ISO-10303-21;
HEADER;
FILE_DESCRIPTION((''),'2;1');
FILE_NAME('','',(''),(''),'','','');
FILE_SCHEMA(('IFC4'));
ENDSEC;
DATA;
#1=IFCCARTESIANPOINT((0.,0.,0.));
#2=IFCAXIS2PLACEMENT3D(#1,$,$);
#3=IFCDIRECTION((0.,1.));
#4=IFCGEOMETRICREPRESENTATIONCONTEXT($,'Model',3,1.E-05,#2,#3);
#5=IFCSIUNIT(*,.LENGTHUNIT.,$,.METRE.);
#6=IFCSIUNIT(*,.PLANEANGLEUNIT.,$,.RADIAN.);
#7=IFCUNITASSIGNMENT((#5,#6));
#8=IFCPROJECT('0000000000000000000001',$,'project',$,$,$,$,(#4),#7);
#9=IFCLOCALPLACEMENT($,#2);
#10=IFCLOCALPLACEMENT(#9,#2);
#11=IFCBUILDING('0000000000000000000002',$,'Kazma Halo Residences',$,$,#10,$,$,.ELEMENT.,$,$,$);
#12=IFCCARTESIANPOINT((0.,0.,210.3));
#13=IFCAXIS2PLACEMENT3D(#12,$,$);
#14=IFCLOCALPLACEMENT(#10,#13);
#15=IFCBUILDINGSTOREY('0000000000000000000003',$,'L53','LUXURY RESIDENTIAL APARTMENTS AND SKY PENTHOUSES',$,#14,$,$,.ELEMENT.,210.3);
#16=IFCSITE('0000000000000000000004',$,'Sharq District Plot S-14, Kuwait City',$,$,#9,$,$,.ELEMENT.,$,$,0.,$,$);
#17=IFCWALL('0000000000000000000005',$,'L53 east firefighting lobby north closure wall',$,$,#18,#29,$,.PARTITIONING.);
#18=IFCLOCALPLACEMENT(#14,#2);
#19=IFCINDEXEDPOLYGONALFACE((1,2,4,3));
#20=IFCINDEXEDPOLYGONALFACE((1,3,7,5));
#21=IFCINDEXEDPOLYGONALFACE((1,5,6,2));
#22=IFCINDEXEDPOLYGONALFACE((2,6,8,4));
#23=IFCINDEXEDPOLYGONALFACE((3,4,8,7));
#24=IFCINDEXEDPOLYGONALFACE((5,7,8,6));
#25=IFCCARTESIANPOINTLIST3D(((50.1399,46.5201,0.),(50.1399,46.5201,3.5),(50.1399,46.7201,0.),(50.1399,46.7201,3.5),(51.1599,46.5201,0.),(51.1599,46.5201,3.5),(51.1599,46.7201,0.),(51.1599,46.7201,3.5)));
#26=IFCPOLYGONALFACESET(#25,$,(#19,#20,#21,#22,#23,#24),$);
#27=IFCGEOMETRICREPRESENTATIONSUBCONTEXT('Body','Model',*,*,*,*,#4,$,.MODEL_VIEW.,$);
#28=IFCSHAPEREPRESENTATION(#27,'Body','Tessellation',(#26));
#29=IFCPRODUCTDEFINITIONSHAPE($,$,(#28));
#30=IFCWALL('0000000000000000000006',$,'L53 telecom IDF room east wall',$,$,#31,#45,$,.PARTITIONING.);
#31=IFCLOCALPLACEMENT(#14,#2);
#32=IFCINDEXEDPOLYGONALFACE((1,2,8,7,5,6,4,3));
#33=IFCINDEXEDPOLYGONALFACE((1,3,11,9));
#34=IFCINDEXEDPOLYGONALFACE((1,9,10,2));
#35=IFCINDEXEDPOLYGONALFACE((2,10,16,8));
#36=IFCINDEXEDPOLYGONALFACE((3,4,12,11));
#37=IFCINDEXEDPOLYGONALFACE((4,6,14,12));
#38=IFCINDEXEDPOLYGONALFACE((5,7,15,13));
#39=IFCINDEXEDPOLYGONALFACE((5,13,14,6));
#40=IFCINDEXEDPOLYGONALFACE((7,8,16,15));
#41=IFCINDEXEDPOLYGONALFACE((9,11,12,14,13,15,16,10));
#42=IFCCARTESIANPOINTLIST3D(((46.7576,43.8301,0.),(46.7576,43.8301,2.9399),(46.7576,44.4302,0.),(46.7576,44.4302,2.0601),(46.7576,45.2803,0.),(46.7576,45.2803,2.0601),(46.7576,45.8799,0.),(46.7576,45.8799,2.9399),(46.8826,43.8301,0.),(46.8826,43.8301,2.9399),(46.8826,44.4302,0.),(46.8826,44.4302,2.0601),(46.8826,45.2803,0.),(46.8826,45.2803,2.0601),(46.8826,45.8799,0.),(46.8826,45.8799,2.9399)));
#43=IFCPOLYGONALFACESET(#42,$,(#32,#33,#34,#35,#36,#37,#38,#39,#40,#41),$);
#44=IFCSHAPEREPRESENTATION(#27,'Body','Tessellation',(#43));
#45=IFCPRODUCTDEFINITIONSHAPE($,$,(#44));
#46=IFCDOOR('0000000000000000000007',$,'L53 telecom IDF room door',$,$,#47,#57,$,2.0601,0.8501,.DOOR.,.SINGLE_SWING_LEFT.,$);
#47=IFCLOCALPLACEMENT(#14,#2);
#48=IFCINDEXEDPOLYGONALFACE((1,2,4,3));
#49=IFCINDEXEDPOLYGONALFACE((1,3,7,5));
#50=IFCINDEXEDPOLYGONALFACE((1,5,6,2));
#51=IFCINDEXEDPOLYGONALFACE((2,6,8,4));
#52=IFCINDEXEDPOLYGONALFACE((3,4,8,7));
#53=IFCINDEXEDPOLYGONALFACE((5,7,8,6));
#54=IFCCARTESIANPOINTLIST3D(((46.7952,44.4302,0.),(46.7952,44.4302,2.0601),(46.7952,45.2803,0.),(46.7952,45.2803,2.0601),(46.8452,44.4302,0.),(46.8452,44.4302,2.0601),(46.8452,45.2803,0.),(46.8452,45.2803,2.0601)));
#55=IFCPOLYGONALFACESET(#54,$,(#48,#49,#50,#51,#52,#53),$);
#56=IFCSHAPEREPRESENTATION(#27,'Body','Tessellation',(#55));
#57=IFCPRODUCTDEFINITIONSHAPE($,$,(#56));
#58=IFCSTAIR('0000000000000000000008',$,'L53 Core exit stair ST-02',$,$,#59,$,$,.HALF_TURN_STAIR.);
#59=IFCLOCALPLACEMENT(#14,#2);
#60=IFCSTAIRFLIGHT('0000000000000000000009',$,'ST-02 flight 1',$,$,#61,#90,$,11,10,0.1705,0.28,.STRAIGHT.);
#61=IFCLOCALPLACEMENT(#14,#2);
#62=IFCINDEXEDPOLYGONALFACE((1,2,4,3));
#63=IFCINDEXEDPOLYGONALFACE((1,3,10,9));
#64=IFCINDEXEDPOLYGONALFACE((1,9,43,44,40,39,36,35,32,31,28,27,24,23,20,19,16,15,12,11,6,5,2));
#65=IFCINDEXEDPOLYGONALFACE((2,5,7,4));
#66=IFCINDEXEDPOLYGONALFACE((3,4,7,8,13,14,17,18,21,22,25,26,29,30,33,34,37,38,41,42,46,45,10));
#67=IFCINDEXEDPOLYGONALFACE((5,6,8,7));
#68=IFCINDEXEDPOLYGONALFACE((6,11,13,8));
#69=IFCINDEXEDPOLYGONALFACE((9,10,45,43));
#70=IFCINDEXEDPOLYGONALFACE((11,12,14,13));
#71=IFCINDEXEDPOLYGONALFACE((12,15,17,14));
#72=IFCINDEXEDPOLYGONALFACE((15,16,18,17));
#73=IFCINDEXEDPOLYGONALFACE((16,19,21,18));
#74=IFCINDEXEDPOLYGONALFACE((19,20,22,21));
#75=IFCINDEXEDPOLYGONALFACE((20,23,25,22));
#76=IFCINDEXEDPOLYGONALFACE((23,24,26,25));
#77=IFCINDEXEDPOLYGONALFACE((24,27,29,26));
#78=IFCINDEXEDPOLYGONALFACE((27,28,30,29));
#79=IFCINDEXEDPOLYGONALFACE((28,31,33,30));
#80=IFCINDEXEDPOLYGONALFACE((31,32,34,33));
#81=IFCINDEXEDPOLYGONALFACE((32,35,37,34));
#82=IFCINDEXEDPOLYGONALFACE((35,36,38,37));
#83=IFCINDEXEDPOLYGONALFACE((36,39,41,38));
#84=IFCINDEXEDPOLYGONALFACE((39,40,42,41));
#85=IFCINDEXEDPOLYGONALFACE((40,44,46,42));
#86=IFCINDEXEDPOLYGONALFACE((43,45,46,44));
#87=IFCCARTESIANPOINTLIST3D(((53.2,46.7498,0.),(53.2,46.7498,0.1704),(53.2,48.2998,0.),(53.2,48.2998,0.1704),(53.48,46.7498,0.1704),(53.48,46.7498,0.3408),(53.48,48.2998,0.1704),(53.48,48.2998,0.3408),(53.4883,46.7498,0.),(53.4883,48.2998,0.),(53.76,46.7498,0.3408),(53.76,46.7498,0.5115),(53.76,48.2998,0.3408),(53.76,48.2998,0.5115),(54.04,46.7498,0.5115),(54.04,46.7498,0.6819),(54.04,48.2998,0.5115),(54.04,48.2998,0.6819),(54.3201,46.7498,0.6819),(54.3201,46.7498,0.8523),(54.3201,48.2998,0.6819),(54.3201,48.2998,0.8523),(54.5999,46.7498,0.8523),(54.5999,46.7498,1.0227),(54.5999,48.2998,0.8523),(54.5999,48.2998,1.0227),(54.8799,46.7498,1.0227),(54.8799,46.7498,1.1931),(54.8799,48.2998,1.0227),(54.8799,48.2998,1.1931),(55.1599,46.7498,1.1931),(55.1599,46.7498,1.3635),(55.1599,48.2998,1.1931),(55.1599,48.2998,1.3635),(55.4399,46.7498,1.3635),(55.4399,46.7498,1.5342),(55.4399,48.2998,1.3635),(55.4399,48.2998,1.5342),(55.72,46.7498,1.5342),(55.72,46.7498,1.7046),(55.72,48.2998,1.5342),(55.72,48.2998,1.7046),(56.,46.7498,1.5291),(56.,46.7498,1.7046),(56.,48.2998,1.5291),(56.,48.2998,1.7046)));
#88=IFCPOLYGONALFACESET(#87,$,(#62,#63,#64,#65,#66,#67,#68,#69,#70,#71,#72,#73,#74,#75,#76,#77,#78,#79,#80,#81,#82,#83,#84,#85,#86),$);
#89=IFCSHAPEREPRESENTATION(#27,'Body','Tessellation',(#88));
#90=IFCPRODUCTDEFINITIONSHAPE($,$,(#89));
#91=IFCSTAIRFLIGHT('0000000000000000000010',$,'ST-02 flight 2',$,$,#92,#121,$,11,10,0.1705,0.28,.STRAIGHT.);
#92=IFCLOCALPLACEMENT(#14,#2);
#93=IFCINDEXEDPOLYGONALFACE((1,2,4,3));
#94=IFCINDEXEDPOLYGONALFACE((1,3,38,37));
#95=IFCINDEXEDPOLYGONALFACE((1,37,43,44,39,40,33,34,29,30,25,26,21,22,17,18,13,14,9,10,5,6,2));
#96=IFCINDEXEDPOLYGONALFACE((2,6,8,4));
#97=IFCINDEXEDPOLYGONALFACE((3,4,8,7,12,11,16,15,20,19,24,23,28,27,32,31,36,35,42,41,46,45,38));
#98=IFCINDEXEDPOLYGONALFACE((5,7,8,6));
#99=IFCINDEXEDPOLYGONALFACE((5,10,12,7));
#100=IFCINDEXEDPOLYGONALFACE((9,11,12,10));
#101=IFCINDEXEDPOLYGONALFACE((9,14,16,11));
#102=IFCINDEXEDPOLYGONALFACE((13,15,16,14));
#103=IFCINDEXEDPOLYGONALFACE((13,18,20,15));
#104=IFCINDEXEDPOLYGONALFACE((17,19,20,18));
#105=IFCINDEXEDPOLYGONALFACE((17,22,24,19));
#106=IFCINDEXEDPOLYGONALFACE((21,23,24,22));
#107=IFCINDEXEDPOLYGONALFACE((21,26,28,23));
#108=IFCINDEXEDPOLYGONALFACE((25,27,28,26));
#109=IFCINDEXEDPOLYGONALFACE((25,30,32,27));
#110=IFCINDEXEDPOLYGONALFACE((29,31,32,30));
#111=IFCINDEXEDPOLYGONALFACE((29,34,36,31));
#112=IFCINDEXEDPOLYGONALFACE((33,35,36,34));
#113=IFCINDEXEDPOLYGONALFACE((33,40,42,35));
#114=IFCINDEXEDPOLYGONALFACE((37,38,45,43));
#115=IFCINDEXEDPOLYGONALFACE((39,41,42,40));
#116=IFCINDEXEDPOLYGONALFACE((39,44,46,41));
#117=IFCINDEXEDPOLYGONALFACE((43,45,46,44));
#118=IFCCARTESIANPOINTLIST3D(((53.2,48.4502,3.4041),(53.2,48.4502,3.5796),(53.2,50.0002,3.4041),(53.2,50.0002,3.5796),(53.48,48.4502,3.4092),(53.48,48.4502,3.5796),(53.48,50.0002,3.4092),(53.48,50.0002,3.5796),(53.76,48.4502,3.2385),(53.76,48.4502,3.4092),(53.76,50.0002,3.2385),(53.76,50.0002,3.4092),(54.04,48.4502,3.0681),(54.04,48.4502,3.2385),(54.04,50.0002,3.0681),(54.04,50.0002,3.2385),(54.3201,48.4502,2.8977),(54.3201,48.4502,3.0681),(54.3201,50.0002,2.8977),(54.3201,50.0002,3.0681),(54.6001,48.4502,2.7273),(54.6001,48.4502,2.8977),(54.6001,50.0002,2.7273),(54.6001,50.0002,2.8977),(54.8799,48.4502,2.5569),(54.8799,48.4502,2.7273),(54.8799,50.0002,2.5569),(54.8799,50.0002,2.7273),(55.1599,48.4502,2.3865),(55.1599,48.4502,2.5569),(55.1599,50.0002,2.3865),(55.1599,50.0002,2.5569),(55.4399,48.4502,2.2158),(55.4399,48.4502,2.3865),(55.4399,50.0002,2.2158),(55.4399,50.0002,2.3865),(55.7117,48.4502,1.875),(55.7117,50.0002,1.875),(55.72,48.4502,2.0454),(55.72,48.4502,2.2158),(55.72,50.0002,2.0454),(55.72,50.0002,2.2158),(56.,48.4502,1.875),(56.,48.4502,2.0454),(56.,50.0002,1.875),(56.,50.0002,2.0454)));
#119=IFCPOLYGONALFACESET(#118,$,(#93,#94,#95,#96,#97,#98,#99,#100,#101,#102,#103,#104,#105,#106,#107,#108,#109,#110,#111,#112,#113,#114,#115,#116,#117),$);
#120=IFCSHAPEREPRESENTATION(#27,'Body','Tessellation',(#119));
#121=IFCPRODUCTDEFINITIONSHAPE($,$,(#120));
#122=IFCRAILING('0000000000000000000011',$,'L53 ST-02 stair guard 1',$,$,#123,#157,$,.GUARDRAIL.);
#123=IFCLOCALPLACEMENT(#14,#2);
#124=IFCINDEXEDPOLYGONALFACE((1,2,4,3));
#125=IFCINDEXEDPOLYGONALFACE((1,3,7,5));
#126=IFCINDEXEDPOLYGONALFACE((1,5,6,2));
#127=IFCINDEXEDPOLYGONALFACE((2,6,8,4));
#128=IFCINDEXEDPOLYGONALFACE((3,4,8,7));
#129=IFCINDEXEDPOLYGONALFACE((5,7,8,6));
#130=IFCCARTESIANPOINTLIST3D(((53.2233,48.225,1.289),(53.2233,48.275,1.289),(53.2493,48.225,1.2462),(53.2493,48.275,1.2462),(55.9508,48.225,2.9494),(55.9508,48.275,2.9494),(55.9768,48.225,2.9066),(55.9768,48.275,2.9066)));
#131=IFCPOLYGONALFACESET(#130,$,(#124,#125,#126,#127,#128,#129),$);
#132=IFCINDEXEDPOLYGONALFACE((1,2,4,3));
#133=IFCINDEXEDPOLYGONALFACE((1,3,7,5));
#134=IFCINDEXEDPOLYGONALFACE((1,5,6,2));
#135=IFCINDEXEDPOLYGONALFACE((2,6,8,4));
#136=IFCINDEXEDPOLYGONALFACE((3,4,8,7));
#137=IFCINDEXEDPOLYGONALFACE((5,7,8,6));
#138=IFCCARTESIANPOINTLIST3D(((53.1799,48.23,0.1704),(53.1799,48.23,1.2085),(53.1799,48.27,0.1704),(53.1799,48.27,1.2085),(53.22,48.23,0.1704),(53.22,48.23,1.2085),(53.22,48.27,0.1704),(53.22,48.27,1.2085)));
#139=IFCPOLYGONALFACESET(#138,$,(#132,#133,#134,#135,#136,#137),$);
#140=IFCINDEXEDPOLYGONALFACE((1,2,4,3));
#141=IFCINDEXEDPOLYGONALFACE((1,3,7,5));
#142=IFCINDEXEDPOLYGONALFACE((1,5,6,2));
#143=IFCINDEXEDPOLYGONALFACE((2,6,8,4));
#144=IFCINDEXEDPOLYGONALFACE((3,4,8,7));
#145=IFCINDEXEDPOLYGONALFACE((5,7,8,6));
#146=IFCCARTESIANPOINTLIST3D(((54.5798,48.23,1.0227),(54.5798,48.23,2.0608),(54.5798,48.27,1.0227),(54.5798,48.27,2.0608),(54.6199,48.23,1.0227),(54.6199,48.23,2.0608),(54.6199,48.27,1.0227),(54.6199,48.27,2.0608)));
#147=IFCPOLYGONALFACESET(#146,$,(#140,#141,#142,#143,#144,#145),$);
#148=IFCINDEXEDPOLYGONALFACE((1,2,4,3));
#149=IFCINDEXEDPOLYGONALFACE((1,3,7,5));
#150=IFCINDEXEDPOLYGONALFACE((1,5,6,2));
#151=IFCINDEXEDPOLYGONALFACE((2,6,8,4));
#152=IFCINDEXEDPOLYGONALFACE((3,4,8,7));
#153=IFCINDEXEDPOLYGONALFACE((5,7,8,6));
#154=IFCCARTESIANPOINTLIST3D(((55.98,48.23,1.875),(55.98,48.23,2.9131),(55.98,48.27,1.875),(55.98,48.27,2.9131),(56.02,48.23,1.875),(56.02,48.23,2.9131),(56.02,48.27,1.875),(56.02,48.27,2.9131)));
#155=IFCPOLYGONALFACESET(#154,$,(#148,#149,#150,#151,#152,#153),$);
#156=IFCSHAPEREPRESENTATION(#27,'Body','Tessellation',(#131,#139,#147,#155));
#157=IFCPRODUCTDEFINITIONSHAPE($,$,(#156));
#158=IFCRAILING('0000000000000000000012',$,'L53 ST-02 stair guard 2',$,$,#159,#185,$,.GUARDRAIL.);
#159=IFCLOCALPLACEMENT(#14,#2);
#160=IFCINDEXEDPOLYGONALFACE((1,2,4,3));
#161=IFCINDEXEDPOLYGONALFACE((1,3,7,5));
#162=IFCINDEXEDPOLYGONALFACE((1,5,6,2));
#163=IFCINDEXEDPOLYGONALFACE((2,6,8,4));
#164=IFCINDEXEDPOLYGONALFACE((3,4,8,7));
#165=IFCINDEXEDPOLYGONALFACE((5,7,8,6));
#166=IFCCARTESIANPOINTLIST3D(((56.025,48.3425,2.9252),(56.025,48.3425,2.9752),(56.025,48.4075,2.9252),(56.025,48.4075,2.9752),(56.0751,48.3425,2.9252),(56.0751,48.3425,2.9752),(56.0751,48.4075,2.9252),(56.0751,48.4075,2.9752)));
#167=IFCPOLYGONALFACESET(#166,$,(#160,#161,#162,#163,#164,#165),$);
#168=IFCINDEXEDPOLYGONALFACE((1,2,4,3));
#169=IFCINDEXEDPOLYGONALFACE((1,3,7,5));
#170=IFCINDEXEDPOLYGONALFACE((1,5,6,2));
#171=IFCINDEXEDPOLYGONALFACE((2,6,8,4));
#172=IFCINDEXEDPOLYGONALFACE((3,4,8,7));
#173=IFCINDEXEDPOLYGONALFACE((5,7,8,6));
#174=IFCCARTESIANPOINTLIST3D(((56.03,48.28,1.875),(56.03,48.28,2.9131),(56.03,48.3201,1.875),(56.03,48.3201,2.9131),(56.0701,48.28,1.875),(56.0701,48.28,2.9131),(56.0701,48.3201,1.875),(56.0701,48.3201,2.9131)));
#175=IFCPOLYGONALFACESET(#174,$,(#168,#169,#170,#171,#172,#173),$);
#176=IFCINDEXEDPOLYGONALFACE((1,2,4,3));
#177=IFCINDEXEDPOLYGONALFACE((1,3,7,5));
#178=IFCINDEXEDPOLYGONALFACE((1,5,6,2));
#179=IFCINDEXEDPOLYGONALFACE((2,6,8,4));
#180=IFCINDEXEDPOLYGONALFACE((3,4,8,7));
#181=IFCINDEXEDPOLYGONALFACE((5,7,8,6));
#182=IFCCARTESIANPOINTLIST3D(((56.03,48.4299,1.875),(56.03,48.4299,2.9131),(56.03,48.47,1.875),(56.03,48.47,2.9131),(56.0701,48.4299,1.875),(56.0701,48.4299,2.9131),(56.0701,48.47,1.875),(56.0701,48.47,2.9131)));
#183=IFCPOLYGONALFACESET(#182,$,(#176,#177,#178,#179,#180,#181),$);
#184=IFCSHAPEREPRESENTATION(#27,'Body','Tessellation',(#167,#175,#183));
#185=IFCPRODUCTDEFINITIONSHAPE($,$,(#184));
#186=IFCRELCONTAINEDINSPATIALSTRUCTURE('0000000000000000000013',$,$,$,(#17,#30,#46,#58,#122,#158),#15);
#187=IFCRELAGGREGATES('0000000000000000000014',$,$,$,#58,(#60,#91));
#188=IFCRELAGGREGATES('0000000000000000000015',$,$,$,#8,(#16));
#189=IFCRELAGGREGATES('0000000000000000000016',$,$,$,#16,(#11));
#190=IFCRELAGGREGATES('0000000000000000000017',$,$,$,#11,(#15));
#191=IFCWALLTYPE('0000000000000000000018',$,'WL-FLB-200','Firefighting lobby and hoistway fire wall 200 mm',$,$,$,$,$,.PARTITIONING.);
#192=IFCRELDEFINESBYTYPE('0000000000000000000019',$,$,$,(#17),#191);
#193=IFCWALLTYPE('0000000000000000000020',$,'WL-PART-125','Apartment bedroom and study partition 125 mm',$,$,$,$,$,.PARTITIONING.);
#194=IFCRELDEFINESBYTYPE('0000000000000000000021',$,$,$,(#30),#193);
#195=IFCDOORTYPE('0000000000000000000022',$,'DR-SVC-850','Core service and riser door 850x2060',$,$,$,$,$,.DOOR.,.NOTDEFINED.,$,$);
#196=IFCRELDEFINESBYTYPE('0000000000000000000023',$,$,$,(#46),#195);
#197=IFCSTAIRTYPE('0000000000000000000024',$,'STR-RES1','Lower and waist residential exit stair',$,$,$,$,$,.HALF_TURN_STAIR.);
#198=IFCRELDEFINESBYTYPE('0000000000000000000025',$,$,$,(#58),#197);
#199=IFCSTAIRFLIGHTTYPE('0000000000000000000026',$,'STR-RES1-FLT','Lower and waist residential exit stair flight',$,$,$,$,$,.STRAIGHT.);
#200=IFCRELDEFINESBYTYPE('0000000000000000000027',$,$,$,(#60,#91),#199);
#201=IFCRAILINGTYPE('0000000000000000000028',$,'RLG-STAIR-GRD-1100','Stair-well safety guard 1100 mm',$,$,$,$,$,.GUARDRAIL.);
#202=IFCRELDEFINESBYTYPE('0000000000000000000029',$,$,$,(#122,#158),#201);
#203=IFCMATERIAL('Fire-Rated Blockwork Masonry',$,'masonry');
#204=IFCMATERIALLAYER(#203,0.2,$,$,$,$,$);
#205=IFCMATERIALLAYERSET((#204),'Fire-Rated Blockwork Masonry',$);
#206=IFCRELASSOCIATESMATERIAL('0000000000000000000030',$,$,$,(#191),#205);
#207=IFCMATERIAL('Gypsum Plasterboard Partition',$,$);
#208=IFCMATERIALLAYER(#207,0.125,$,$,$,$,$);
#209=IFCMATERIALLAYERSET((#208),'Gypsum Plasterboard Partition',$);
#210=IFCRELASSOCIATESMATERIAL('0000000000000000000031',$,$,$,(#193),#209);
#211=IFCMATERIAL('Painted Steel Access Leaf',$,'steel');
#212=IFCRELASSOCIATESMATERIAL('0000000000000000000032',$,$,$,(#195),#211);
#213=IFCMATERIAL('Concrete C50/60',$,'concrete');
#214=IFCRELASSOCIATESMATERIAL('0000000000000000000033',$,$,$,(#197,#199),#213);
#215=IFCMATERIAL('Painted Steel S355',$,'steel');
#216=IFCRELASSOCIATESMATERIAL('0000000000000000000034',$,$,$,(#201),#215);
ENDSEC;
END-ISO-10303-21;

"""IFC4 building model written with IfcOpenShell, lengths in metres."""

from ifc_helpers import new_model, si_unit, direction, frame, frame_2d, origin, origin_2d, place, context, subcontext, project, spatial, polyline, rectangle, outline, extrude, material, layer, layer_set, type_object, element, fill, aggregate, save


model = new_model("IFC4")

# Units and contexts
model_context = context("Model", 3, precision=1e-05, world=origin(), true_north=direction((0.0, 1.0)))
body_context = subcontext(model_context, "Body", "Model", "MODEL_VIEW")
ifc_project = project(units=[si_unit("LENGTHUNIT", "METRE"), si_unit("PLANEANGLEUNIT", "RADIAN")], contexts=[model_context])

# Site, building, storey
site_placement = place(None, origin())
site = spatial("IfcSite", under=ifc_project, at=site_placement, Name="Sharq District Plot S-14, Kuwait City", CompositionType="ELEMENT", RefElevation=0.0)
building_placement = place(site_placement, origin())
building = spatial("IfcBuilding", under=site, at=building_placement, Name="Kazma Halo Residences", CompositionType="ELEMENT")
storey_placement = place(building_placement, frame((0.0, 0.0, 210.3)))
storey = spatial("IfcBuildingStorey", under=building, at=storey_placement, Name="L53", Description="LUXURY RESIDENTIAL APARTMENTS AND SKY PENTHOUSES", CompositionType="ELEMENT", Elevation=210.3)

# Shared definitions
ifc_material_1 = material(Name="Fire-Rated Blockwork Masonry", Category="masonry")
ifc_layer_1 = layer(ifc_material_1, 0.2)
ifc_layer_set_1 = layer_set([ifc_layer_1], Name="Fire-Rated Blockwork Masonry")
wall_type_1 = type_object("IfcWallType", Name="WL-FLB-200", Description="Firefighting lobby and hoistway fire wall 200 mm", PredefinedType="PARTITIONING", material=ifc_layer_set_1)

# Wall
wall_1_placement = place(storey_placement, frame((50.1399, 46.6201, 0.0), z_axis=(0.0, 0.0, 1.0), x_axis=(1.0, 0.0, 0.0)))
element("IfcWall", 1, at=wall_1_placement, inside=storey, type_object=wall_type_1, Name="L53 east firefighting lobby north closure wall", PredefinedType="PARTITIONING", context=body_context, shape_type="SweptSolid", body=[
    extrude(rectangle(XDim=1.02, YDim=0.2, at=frame_2d((0.51, 0.0))), origin(), (0.0, 0.0, 1.0), 3.5),
])

# Wall, opening, door
ifc_material_2 = material(Name="Gypsum Plasterboard Partition")
ifc_layer_2 = layer(ifc_material_2, 0.125)
ifc_layer_set_2 = layer_set([ifc_layer_2], Name="Gypsum Plasterboard Partition")
wall_type_2 = type_object("IfcWallType", Name="WL-PART-125", Description="Apartment bedroom and study partition 125 mm", PredefinedType="PARTITIONING", material=ifc_layer_set_2)
wall_2_placement = place(storey_placement, frame((46.8201, 43.8301, 0.0), z_axis=(0.0, 0.0, 1.0), x_axis=(0.0, 1.0, 0.0)))
wall_2 = element("IfcWall", 2, at=wall_2_placement, inside=storey, type_object=wall_type_2, Name="L53 telecom IDF room east wall", PredefinedType="PARTITIONING", context=body_context, shape_type="SweptSolid", body=[
    extrude(rectangle(XDim=2.0498, YDim=0.125, at=frame_2d((1.0249, 0.0))), origin(), (0.0, 0.0, 1.0), 2.9399),
])
opening_1_placement = place(wall_2_placement, frame((0.6001, 0.0, 0.0)))
opening_1 = element("IfcOpeningElement", 3, at=opening_1_placement, cuts=wall_2, PredefinedType="OPENING", context=body_context, shape_type="SweptSolid", body=[
    extrude(rectangle(XDim=0.8501, YDim=2.0601, at=frame_2d((0.425, 1.03))), frame((0.0, 0.0725, 0.0), z_axis=(0.0, -1.0, 0.0), x_axis=(1.0, 0.0, 0.0)), (0.0, 0.0, 1.0), 0.145),
])
ifc_material_3 = material(Name="Painted Steel Access Leaf", Category="steel")
door_type_1 = type_object("IfcDoorType", Name="DR-SVC-850", Description="Core service and riser door 850x2060", OperationType="NOTDEFINED", PredefinedType="DOOR", material=ifc_material_3)
door_1_placement = place(opening_1_placement, origin())
door_1 = element("IfcDoor", 4, at=door_1_placement, inside=storey, type_object=door_type_1, Name="L53 telecom IDF room door", OperationType="SINGLE_SWING_LEFT", OverallHeight=2.0601, OverallWidth=0.8501, PredefinedType="DOOR", context=body_context, shape_type="SweptSolid", body=[
    extrude(rectangle(XDim=0.8501, YDim=2.0601, at=frame_2d((0.425, 1.03))), frame((0.0, 0.0249, 0.0), z_axis=(0.0, -1.0, 0.0), x_axis=(1.0, 0.0, 0.0)), (0.0, 0.0, 1.0), 0.05),
])
fill(opening_1, door_1)
ifc_material_4 = material(Name="Concrete C50/60", Category="concrete")

# Stair, stair flights
stair_type = type_object("IfcStairType", Name="STR-RES1", Description="Lower and waist residential exit stair", PredefinedType="HALF_TURN_STAIR", material=ifc_material_4)
stair_placement = place(storey_placement, origin())
stair = element("IfcStair", 5, at=stair_placement, inside=storey, type_object=stair_type, Name="L53 Core exit stair ST-02", PredefinedType="HALF_TURN_STAIR")
stair_flight_type = type_object("IfcStairFlightType", Name="STR-RES1-FLT", Description="Lower and waist residential exit stair flight", PredefinedType="STRAIGHT", material=ifc_material_4)
stair_flight_1_placement = place(storey_placement, frame((53.2, 47.5249, 0.0), z_axis=(0.0, 0.0, 1.0), x_axis=(1.0, 0.0, 0.0)))
stair_flight_1 = element("IfcStairFlight", 6, at=stair_flight_1_placement, type_object=stair_flight_type, Name="ST-02 flight 1", NumberOfRisers=11, NumberOfTreads=10, PredefinedType="STRAIGHT", RiserHeight=0.1705, TreadLength=0.28, context=body_context, shape_type="SweptSolid", body=[
    extrude(outline(polyline([(0.0, 0.0), (0.0, 0.1704), (0.28, 0.1704), (0.28, 0.3408), (0.5601, 0.3408), (0.5601, 0.5115), (0.8401, 0.5115), (0.8401, 0.6819), (1.1201, 0.6819), (1.1201, 0.8523), (1.3999, 0.8523), (1.3999, 1.0227), (1.6799, 1.0227), (1.6799, 1.1931), (1.96, 1.1931), (1.96, 1.3635), (2.24, 1.3635), (2.24, 1.5342), (2.52, 1.5342), (2.52, 1.7046), (2.8, 1.7046), (2.8, 1.875), (2.8, 1.5291), (0.2883, 0.0), (0.0, 0.0)])), frame((0.0, 0.7749, 0.0), z_axis=(0.0, -1.0, 0.0), x_axis=(1.0, 0.0, 0.0)), (0.0, 0.0, 1.0), 1.55),
])
stair_flight_2_placement = place(storey_placement, frame((56.0, 49.2251, 1.875), z_axis=(0.0, 0.0, 1.0), x_axis=(-1.0, 0.0, 0.0)))
stair_flight_2 = element("IfcStairFlight", 7, at=stair_flight_2_placement, type_object=stair_flight_type, Name="ST-02 flight 2", NumberOfRisers=11, NumberOfTreads=10, PredefinedType="STRAIGHT", RiserHeight=0.1705, TreadLength=0.28, context=body_context, shape_type="SweptSolid", body=[
    extrude(outline(polyline([(0.0, 0.0), (0.0, 0.1704), (0.28, 0.1704), (0.28, 0.3408), (0.5601, 0.3408), (0.5601, 0.5115), (0.8401, 0.5115), (0.8401, 0.6819), (1.1201, 0.6819), (1.1201, 0.8523), (1.3999, 0.8523), (1.3999, 1.0227), (1.6799, 1.0227), (1.6799, 1.1931), (1.96, 1.1931), (1.96, 1.3635), (2.24, 1.3635), (2.24, 1.5342), (2.52, 1.5342), (2.52, 1.7046), (2.8, 1.7046), (2.8, 1.875), (2.8, 1.5291), (0.2883, 0.0), (0.0, 0.0)])), frame((0.0, 0.7749, 0.0), z_axis=(0.0, -1.0, 0.0), x_axis=(1.0, 0.0, 0.0)), (0.0, 0.0, 1.0), 1.55),
])
aggregate(stair, [stair_flight_1, stair_flight_2])

# Railings
ifc_material_5 = material(Name="Painted Steel S355", Category="steel")
railing_type_1 = type_object("IfcRailingType", Name="RLG-STAIR-GRD-1100", Description="Stair-well safety guard 1100 mm", PredefinedType="GUARDRAIL", material=ifc_material_5)
railing_1_placement = place(storey_placement, frame((53.2, 48.25, 0.1704)))
element("IfcRailing", 8, at=railing_1_placement, inside=storey, type_object=railing_type_1, Name="L53 ST-02 stair guard 1", PredefinedType="GUARDRAIL", context=body_context, shape_type="SweptSolid", body=[
    extrude(rectangle(XDim=0.05, YDim=0.05, at=origin_2d()), frame((0.0364, 0.0, 1.0972), z_axis=(0.85417, 0.0, 0.519994), x_axis=(0.0, 1.0, 0.0)), (0.0, 0.0, 1.0), 3.1931),
    extrude(rectangle(XDim=0.04, YDim=0.04, at=origin_2d()), origin(), (0.0, 0.0, 1.0), 1.0381),
    extrude(rectangle(XDim=0.04, YDim=0.04, at=origin_2d()), frame((1.3999, 0.0, 0.8523)), (0.0, 0.0, 1.0), 1.0381),
    extrude(rectangle(XDim=0.04, YDim=0.04, at=origin_2d()), frame((2.8, 0.0, 1.7046)), (0.0, 0.0, 1.0), 1.0381),
])
railing_2_placement = place(storey_placement, frame((56.05, 48.3, 1.875)))
element("IfcRailing", 9, at=railing_2_placement, inside=storey, type_object=railing_type_1, Name="L53 ST-02 stair guard 2", PredefinedType="GUARDRAIL", context=body_context, shape_type="SweptSolid", body=[
    extrude(rectangle(XDim=0.05, YDim=0.05, at=origin_2d()), frame((0.0, 0.0425, 1.0752), z_axis=(0.0, 1.0, 0.0), x_axis=(-1.0, 0.0, 0.0)), (0.0, 0.0, 1.0), 0.0649),
    extrude(rectangle(XDim=0.04, YDim=0.04, at=origin_2d()), origin(), (0.0, 0.0, 1.0), 1.0381),
    extrude(rectangle(XDim=0.04, YDim=0.04, at=origin_2d()), frame((0.0, 0.1499, 0.0)), (0.0, 0.0, 1.0), 1.0381),
])

save(model, "model.ifc")
